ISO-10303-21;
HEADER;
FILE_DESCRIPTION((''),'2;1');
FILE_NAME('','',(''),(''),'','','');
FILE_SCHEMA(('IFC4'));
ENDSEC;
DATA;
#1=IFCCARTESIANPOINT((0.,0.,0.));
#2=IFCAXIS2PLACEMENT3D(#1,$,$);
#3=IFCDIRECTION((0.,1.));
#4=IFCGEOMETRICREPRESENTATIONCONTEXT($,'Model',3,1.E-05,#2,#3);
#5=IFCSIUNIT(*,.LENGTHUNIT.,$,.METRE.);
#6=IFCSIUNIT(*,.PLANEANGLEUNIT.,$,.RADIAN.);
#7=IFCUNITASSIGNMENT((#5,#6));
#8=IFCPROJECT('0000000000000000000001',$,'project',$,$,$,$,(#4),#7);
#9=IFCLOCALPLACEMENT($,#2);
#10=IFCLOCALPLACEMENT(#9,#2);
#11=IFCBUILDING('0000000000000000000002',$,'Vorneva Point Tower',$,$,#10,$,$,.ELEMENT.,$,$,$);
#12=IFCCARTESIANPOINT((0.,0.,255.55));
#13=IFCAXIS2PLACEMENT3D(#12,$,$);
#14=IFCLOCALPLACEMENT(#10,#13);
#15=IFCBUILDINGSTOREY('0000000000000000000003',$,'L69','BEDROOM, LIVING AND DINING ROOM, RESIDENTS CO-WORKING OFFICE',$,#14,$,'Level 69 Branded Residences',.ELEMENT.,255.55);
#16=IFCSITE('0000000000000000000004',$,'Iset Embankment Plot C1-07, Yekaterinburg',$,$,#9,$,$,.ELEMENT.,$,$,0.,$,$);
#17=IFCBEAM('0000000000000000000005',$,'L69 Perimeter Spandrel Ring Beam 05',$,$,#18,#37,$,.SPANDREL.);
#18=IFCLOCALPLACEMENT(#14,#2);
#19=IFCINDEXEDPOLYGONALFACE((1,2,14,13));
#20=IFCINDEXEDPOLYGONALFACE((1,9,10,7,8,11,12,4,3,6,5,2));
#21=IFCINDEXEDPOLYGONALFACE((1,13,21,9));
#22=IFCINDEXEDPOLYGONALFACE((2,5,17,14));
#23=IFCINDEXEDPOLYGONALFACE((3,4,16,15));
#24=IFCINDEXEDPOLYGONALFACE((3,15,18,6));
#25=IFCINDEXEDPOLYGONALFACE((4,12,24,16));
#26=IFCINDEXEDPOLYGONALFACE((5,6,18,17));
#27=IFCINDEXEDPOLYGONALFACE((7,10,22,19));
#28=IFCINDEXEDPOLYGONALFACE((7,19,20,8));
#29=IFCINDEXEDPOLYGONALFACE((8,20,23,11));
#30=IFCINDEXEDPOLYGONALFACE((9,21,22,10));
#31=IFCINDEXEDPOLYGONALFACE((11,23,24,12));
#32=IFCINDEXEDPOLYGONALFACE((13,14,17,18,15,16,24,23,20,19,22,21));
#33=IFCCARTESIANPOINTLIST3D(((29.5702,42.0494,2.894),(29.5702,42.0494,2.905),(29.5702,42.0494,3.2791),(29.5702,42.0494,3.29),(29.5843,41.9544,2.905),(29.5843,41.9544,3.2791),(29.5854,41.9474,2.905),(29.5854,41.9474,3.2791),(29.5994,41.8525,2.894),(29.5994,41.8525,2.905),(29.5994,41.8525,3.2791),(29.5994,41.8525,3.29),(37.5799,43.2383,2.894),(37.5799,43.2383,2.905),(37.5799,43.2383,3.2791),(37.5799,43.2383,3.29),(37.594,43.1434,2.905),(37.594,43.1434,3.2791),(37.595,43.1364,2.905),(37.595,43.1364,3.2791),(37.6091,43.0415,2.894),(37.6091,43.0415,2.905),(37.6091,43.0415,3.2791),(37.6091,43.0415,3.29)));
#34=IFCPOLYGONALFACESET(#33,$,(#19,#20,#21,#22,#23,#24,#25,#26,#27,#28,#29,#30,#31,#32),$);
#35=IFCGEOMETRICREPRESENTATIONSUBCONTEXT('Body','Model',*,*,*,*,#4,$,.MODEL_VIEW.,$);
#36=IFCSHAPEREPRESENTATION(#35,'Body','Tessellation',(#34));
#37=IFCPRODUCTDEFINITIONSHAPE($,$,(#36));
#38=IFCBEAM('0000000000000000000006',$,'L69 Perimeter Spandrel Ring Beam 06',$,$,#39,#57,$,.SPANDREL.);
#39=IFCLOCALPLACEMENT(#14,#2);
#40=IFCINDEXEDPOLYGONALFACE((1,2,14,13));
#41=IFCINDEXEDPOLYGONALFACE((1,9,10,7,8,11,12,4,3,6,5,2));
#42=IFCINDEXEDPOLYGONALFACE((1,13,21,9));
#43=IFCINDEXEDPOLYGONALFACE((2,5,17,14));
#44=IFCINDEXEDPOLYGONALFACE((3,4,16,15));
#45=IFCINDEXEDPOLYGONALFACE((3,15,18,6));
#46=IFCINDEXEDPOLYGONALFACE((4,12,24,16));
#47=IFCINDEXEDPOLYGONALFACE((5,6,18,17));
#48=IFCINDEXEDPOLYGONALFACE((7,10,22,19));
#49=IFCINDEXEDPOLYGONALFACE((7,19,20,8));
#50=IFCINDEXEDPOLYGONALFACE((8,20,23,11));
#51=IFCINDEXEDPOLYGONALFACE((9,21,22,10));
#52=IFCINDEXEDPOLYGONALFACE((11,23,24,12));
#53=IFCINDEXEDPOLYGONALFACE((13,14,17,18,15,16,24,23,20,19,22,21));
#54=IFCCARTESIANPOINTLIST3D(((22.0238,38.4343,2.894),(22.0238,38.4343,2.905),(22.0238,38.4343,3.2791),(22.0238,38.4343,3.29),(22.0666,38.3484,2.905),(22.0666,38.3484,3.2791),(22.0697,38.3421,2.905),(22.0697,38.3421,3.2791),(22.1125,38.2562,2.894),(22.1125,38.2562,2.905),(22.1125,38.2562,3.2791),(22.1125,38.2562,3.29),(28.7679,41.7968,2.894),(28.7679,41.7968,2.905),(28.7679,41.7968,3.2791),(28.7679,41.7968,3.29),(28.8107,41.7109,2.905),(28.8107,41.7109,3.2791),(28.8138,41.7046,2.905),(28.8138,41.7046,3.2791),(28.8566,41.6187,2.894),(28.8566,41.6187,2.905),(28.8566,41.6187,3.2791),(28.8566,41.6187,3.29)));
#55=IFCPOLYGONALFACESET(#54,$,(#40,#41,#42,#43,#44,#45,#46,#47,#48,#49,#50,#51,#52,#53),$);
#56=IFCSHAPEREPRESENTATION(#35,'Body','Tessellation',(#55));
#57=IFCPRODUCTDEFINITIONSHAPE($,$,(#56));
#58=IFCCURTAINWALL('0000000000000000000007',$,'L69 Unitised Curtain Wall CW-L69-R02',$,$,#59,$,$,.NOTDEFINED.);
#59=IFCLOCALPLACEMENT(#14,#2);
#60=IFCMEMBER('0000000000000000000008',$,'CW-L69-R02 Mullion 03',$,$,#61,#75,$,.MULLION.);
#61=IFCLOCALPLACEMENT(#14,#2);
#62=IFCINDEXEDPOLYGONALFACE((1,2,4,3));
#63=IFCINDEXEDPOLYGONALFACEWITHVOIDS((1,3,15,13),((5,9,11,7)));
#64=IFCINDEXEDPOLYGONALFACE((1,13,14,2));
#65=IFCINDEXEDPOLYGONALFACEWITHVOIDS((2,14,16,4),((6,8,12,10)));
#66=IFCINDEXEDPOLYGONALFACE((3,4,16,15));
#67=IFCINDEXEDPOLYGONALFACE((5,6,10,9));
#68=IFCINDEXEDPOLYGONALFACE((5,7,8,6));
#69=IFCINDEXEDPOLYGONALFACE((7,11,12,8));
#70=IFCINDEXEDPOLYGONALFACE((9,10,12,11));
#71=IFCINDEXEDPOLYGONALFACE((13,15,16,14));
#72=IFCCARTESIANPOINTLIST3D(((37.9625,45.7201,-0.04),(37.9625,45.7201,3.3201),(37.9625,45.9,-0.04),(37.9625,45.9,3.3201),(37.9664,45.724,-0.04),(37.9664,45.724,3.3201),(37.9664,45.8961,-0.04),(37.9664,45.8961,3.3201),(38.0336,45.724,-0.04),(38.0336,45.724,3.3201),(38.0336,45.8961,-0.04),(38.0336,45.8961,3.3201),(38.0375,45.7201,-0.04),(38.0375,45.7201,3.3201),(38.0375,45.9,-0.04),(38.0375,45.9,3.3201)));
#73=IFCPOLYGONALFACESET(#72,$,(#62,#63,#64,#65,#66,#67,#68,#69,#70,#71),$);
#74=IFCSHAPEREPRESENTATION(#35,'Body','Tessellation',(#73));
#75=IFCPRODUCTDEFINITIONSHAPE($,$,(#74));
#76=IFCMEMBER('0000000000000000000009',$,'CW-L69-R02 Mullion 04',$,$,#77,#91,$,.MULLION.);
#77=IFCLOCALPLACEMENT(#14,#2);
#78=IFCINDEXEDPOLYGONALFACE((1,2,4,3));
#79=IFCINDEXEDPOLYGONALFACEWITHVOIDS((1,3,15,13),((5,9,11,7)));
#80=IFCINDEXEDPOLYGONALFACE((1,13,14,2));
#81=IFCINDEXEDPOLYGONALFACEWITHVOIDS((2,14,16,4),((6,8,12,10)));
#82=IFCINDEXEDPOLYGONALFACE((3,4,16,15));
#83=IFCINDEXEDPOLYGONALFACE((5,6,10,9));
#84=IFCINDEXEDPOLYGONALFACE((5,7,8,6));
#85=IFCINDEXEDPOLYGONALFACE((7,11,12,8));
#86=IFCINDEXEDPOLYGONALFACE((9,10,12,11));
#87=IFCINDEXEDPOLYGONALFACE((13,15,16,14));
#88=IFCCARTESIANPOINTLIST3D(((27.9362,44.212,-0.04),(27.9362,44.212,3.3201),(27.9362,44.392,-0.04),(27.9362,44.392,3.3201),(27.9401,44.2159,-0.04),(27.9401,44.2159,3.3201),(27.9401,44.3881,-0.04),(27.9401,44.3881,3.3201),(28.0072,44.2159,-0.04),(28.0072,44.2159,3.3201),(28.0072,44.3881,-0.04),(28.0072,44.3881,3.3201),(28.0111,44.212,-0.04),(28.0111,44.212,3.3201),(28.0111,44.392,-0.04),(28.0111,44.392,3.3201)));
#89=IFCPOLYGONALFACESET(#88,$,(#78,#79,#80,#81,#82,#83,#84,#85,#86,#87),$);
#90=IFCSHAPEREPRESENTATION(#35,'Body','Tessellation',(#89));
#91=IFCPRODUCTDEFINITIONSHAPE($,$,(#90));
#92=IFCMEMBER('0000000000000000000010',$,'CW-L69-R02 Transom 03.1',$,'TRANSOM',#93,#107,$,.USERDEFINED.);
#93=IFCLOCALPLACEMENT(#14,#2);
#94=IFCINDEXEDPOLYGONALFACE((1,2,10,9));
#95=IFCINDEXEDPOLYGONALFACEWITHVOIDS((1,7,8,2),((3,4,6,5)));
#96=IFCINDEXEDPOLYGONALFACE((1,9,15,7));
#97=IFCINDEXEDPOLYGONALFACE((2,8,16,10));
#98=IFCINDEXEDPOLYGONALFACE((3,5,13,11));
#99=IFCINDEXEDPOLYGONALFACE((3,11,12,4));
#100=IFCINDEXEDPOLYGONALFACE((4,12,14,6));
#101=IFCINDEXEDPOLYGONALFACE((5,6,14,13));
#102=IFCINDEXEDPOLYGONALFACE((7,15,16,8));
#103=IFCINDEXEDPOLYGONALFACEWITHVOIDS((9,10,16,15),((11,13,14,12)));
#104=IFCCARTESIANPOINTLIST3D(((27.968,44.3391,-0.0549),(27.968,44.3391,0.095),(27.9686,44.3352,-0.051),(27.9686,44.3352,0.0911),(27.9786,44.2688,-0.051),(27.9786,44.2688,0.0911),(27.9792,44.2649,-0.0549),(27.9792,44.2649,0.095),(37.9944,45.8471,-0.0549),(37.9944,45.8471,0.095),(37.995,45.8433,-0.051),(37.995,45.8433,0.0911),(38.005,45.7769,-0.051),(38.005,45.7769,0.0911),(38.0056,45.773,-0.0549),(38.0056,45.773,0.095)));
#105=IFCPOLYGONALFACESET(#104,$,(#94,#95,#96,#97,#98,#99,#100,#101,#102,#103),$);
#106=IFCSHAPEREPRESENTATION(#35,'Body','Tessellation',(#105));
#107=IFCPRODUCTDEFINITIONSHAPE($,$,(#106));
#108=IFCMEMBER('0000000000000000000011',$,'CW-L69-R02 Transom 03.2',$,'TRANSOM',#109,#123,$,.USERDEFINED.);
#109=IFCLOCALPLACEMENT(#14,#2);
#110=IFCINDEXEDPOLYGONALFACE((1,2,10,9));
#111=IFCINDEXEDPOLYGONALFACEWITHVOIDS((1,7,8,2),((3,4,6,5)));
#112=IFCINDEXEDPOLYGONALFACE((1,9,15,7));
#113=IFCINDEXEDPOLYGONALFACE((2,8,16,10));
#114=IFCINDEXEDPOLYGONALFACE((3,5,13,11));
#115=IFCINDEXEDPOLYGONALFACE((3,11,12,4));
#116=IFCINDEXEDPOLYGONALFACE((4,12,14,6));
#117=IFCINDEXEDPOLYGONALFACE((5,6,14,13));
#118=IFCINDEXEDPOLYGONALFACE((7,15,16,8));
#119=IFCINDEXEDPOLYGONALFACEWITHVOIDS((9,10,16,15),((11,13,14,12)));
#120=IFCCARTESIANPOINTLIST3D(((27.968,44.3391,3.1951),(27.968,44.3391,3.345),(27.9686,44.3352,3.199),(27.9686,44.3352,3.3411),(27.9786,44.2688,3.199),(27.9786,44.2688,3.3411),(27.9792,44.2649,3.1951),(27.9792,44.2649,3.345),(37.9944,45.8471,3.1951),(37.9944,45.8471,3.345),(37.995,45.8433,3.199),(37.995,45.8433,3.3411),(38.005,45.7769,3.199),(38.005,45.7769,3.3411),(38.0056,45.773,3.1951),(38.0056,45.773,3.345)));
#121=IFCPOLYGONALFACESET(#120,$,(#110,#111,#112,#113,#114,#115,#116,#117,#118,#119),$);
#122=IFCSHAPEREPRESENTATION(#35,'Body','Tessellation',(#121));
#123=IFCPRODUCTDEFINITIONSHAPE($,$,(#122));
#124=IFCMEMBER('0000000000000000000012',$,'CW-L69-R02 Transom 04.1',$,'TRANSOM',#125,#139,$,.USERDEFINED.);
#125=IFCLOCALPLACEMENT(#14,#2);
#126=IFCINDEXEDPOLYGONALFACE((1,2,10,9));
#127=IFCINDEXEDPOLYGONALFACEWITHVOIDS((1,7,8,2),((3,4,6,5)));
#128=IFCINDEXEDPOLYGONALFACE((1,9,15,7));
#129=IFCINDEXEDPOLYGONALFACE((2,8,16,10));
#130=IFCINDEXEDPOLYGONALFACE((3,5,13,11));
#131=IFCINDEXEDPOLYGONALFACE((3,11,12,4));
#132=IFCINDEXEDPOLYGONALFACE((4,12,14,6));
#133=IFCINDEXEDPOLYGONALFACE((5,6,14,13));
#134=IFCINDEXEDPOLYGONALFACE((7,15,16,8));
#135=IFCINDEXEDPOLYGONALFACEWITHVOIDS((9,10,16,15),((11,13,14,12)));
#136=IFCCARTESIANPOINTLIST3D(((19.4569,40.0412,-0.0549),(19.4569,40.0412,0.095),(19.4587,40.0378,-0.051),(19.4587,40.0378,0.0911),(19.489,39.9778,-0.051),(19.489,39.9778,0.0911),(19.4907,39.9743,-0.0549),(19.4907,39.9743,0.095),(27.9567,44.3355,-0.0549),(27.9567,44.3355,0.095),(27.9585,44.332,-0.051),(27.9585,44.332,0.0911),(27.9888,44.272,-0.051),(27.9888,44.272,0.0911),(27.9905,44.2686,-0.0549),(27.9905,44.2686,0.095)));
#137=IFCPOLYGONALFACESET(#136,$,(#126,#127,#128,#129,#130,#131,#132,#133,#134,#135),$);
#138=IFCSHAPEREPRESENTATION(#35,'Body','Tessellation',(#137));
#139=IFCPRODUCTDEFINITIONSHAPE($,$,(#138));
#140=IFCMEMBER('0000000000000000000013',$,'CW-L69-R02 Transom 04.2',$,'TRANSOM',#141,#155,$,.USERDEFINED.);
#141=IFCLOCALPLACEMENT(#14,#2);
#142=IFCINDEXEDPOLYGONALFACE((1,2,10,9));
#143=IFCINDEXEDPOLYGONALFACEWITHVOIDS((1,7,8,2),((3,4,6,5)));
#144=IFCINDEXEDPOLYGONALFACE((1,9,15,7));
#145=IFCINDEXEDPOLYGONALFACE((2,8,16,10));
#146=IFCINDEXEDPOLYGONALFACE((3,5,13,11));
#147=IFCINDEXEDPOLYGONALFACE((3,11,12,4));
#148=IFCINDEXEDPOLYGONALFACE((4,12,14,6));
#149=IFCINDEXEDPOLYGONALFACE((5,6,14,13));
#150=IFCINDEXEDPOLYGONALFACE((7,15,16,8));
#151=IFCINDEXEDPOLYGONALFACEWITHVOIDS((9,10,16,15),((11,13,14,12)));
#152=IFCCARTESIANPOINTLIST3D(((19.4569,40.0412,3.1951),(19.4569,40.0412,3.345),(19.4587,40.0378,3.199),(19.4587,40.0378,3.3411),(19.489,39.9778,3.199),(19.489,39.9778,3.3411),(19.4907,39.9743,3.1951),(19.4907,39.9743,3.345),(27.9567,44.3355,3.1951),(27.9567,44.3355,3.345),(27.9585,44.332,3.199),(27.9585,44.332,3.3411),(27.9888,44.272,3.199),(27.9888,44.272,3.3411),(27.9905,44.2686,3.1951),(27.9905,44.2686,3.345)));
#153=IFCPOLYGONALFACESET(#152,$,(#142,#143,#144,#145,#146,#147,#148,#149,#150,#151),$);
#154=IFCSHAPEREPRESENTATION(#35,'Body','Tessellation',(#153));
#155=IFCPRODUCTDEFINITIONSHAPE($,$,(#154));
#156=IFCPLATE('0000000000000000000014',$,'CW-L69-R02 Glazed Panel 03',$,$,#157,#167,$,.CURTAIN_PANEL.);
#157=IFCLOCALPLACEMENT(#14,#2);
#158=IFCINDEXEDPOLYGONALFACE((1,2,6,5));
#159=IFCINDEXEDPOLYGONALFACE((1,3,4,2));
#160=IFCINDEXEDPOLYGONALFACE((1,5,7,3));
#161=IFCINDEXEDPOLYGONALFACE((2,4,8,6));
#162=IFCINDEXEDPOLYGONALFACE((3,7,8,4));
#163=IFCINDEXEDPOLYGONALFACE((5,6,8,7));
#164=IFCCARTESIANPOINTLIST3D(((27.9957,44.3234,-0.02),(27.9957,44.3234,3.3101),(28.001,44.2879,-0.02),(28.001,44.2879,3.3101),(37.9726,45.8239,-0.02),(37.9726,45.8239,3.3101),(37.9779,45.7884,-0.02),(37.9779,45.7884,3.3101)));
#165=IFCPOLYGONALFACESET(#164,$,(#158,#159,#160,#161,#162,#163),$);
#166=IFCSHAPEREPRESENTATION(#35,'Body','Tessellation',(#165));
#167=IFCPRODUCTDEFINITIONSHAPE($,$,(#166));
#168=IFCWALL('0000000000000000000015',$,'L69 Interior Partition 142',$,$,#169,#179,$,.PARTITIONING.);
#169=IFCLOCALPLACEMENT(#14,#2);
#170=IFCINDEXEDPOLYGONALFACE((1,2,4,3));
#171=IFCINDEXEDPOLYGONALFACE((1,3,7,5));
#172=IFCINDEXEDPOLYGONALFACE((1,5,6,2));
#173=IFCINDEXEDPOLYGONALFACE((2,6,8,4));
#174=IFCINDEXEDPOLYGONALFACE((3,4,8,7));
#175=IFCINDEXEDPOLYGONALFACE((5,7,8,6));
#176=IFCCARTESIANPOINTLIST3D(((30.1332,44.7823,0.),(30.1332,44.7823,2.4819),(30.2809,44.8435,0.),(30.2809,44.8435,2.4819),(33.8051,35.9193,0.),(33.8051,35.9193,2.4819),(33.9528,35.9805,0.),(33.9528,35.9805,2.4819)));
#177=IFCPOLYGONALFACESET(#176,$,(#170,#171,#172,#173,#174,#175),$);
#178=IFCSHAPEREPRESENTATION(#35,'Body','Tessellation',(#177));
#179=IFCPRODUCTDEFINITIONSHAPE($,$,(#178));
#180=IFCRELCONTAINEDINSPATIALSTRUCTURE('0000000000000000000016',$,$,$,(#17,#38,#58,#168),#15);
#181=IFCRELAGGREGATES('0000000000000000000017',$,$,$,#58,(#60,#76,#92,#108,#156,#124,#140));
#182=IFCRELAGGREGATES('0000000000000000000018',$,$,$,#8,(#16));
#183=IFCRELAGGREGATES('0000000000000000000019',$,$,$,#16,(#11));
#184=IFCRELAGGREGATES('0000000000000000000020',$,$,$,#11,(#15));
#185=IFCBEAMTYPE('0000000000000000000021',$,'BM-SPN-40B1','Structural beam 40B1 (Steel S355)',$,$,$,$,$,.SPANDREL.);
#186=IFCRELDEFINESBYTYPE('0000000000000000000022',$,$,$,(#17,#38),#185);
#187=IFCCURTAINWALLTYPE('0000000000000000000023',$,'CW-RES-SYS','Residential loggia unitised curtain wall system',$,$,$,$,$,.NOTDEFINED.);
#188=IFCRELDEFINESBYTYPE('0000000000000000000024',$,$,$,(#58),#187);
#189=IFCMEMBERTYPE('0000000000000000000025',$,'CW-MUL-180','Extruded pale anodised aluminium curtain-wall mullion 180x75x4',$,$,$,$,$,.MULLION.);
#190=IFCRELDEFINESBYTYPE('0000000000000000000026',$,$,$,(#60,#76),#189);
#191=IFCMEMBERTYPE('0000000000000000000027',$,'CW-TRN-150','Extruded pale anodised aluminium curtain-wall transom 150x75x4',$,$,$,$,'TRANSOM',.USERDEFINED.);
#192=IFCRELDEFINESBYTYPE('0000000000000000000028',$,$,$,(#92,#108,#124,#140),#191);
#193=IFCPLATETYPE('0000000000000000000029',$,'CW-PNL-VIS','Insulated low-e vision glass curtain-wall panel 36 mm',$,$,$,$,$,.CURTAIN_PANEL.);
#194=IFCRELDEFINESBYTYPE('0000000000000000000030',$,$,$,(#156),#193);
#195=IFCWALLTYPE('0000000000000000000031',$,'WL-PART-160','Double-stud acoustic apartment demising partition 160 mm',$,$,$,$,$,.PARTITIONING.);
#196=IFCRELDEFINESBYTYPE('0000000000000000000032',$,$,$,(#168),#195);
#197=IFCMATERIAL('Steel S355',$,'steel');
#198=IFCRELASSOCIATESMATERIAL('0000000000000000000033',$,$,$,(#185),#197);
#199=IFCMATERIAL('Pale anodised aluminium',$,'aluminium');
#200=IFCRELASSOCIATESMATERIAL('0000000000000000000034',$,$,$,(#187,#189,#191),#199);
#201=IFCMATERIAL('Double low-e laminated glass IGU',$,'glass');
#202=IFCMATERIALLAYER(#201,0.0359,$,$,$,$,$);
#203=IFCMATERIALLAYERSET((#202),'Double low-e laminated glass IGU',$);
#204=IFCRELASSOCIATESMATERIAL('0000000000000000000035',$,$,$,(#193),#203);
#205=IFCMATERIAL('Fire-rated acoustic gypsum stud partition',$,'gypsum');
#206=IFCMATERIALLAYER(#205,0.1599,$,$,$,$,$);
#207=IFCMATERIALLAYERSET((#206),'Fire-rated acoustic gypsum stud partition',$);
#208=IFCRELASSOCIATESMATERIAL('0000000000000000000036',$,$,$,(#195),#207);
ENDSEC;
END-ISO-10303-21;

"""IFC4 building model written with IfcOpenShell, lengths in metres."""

from ifc_helpers import new_model, si_unit, direction, frame, frame_2d, origin, origin_2d, place, context, subcontext, project, spatial, rectangle, hollow_rectangle, i_section, extrude, material, layer, layer_set, material_profile, profile_set, type_object, element, aggregate, save


model = new_model("IFC4")

# Units and contexts
model_context = context("Model", 3, precision=1e-05, world=origin(), true_north=direction((0.0, 1.0)))
body_context = subcontext(model_context, "Body", "Model", "MODEL_VIEW")
ifc_project = project(units=[si_unit("LENGTHUNIT", "METRE"), si_unit("PLANEANGLEUNIT", "RADIAN")], contexts=[model_context])

# Site, building, storey
site_placement = place(None, origin())
site = spatial("IfcSite", under=ifc_project, at=site_placement, Name="Iset Embankment Plot C1-07, Yekaterinburg", CompositionType="ELEMENT", RefElevation=0.0)
building_placement = place(site_placement, origin())
building = spatial("IfcBuilding", under=site, at=building_placement, Name="Vorneva Point Tower", CompositionType="ELEMENT")
storey_placement = place(building_placement, frame((0.0, 0.0, 255.55)))
storey = spatial("IfcBuildingStorey", under=building, at=storey_placement, Name="L69", Description="BEDROOM, LIVING AND DINING ROOM, RESIDENTS CO-WORKING OFFICE", LongName="Level 69 Branded Residences", CompositionType="ELEMENT", Elevation=255.55)

# Beams
ifc_material_1 = material(Name="Steel S355", Category="steel")
ifc_material_profile_1 = material_profile(ifc_material_1, i_section(OverallWidth=0.199, OverallDepth=0.396, WebThickness=0.0071, FlangeThickness=0.011, at=origin_2d()), Name="40B1")
ifc_profile_set_1 = profile_set([ifc_material_profile_1], Name="Steel S355")
beam_type_1 = type_object("IfcBeamType", Name="BM-SPN-40B1", Description="Structural beam 40B1 (Steel S355)", PredefinedType="SPANDREL", material=ifc_profile_set_1)
beam_1_placement = place(storey_placement, frame((37.5945, 43.1399, 3.092), z_axis=(-0.989162, -0.146831, 0.0), x_axis=(0.146831, -0.989162, 0.0)))
element("IfcBeam", 1, at=beam_1_placement, inside=storey, type_object=beam_type_1, Name="L69 Perimeter Spandrel Ring Beam 05", PredefinedType="SPANDREL", context=body_context, shape_type="SweptSolid", body=[
    extrude(i_section(OverallWidth=0.199, OverallDepth=0.396, WebThickness=0.0071, FlangeThickness=0.011, at=origin_2d()), origin(), (0.0, 0.0, 1.0), 8.0974),
])
beam_2_placement = place(storey_placement, frame((28.8123, 41.7078, 3.092), z_axis=(-0.894932, -0.446203, 0.0), x_axis=(0.446203, -0.894932, 0.0)))
element("IfcBeam", 2, at=beam_2_placement, inside=storey, type_object=beam_type_1, Name="L69 Perimeter Spandrel Ring Beam 06", PredefinedType="SPANDREL", context=body_context, shape_type="SweptSolid", body=[
    extrude(i_section(OverallWidth=0.199, OverallDepth=0.396, WebThickness=0.0071, FlangeThickness=0.011, at=origin_2d()), origin(), (0.0, 0.0, 1.0), 7.5359),
])

# Curtain wall, members, plate
ifc_material_2 = material(Name="Pale anodised aluminium", Category="aluminium")
curtain_wall_type = type_object("IfcCurtainWallType", Name="CW-RES-SYS", Description="Residential loggia unitised curtain wall system", PredefinedType="NOTDEFINED", material=ifc_material_2)
curtain_wall_placement = place(storey_placement, origin())
curtain_wall = element("IfcCurtainWall", 3, at=curtain_wall_placement, inside=storey, type_object=curtain_wall_type, Name="L69 Unitised Curtain Wall CW-L69-R02", PredefinedType="NOTDEFINED")
ifc_material_profile_2 = material_profile(ifc_material_2, hollow_rectangle(XDim=0.075, YDim=0.1799, WallThickness=0.0039, at=origin_2d()), Name="AL-MUL 180x75x4")
ifc_profile_set_2 = profile_set([ifc_material_profile_2], Name="Pale anodised aluminium")
member_type_1 = type_object("IfcMemberType", Name="CW-MUL-180", Description="Extruded pale anodised aluminium curtain-wall mullion 180x75x4", PredefinedType="MULLION", material=ifc_profile_set_2)
member_1_placement = place(storey_placement, frame((38.0, 45.8101, -0.04), z_axis=(0.0, 0.0, 1.0), x_axis=(1.0, 0.0, 0.0)))
member_1 = element("IfcMember", 4, at=member_1_placement, type_object=member_type_1, Name="CW-L69-R02 Mullion 03", PredefinedType="MULLION", context=body_context, shape_type="SweptSolid", body=[
    extrude(hollow_rectangle(XDim=0.075, YDim=0.1799, WallThickness=0.0039, at=origin_2d()), origin(), (0.0, 0.0, 1.0), 3.3601),
])
member_2_placement = place(storey_placement, frame((27.9736, 44.302, -0.04), z_axis=(0.0, 0.0, 1.0), x_axis=(1.0, 0.0, 0.0)))
member_2 = element("IfcMember", 5, at=member_2_placement, type_object=member_type_1, Name="CW-L69-R02 Mullion 04", PredefinedType="MULLION", context=body_context, shape_type="SweptSolid", body=[
    extrude(hollow_rectangle(XDim=0.075, YDim=0.1799, WallThickness=0.0039, at=origin_2d()), origin(), (0.0, 0.0, 1.0), 3.3601),
])
ifc_material_profile_3 = material_profile(ifc_material_2, hollow_rectangle(XDim=0.075, YDim=0.1499, WallThickness=0.0039, at=origin_2d()), Name="AL-TRN 150x75x4")
ifc_profile_set_3 = profile_set([ifc_material_profile_3], Name="Pale anodised aluminium")
member_type_2 = type_object("IfcMemberType", Name="CW-TRN-150", Description="Extruded pale anodised aluminium curtain-wall transom 150x75x4", ElementType="TRANSOM", PredefinedType="USERDEFINED", material=ifc_profile_set_3)
member_3_placement = place(storey_placement, frame((38.0, 45.8101, 0.02), z_axis=(-0.988877, -0.148736, 0.0), x_axis=(0.148736, -0.988877, 0.0)))
member_3 = element("IfcMember", 6, at=member_3_placement, type_object=member_type_2, Name="CW-L69-R02 Transom 03.1", ObjectType="TRANSOM", PredefinedType="USERDEFINED", context=body_context, shape_type="SweptSolid", body=[
    extrude(hollow_rectangle(XDim=0.075, YDim=0.1499, WallThickness=0.0039, at=origin_2d()), origin(), (0.0, 0.0, 1.0), 10.1392),
])
member_4_placement = place(storey_placement, frame((38.0, 45.8101, 3.27), z_axis=(-0.988877, -0.148736, 0.0), x_axis=(0.148736, -0.988877, 0.0)))
member_4 = element("IfcMember", 7, at=member_4_placement, type_object=member_type_2, Name="CW-L69-R02 Transom 03.2", ObjectType="TRANSOM", PredefinedType="USERDEFINED", context=body_context, shape_type="SweptSolid", body=[
    extrude(hollow_rectangle(XDim=0.075, YDim=0.1499, WallThickness=0.0039, at=origin_2d()), origin(), (0.0, 0.0, 1.0), 10.1392),
])
member_5_placement = place(storey_placement, frame((27.9736, 44.302, 0.02), z_axis=(-0.892558, -0.450932, 0.0), x_axis=(0.450932, -0.892558, 0.0)))
member_5 = element("IfcMember", 8, at=member_5_placement, type_object=member_type_2, Name="CW-L69-R02 Transom 04.1", ObjectType="TRANSOM", PredefinedType="USERDEFINED", context=body_context, shape_type="SweptSolid", body=[
    extrude(hollow_rectangle(XDim=0.075, YDim=0.1499, WallThickness=0.0039, at=origin_2d()), origin(), (0.0, 0.0, 1.0), 9.5229),
])
member_6_placement = place(storey_placement, frame((27.9736, 44.302, 3.27), z_axis=(-0.892558, -0.450932, 0.0), x_axis=(0.450932, -0.892558, 0.0)))
member_6 = element("IfcMember", 9, at=member_6_placement, type_object=member_type_2, Name="CW-L69-R02 Transom 04.2", ObjectType="TRANSOM", PredefinedType="USERDEFINED", context=body_context, shape_type="SweptSolid", body=[
    extrude(hollow_rectangle(XDim=0.075, YDim=0.1499, WallThickness=0.0039, at=origin_2d()), origin(), (0.0, 0.0, 1.0), 9.5229),
])
ifc_material_3 = material(Name="Double low-e laminated glass IGU", Category="glass")
ifc_layer_1 = layer(ifc_material_3, 0.0359)
ifc_layer_set_1 = layer_set([ifc_layer_1], Name="Double low-e laminated glass IGU")
plate_type = type_object("IfcPlateType", Name="CW-PNL-VIS", Description="Insulated low-e vision glass curtain-wall panel 36 mm", PredefinedType="CURTAIN_PANEL", material=ifc_layer_set_1)
plate_placement = place(storey_placement, frame((32.9868, 45.0559, -0.02), z_axis=(0.0, 0.0, 1.0), x_axis=(-0.988879, -0.148724, 0.0)))
plate = element("IfcPlate", 10, at=plate_placement, type_object=plate_type, Name="CW-L69-R02 Glazed Panel 03", PredefinedType="CURTAIN_PANEL", context=body_context, shape_type="SweptSolid", body=[
    extrude(rectangle(XDim=10.0891, YDim=0.0359, at=origin_2d()), origin(), (0.0, 0.0, 1.0), 3.3301),
])
aggregate(curtain_wall, [member_1, member_2, member_3, member_4, plate, member_5, member_6])

# Wall
ifc_material_4 = material(Name="Fire-rated acoustic gypsum stud partition", Category="gypsum")
ifc_layer_2 = layer(ifc_material_4, 0.1599)
ifc_layer_set_2 = layer_set([ifc_layer_2], Name="Fire-rated acoustic gypsum stud partition")
wall_type_1 = type_object("IfcWallType", Name="WL-PART-160", Description="Double-stud acoustic apartment demising partition 160 mm", PredefinedType="PARTITIONING", material=ifc_layer_set_2)
wall_1_placement = place(storey_placement, frame((30.207, 44.813, 0.0), z_axis=(0.0, 0.0, 1.0), x_axis=(0.382744, -0.923854, 0.0)))
element("IfcWall", 11, at=wall_1_placement, inside=storey, type_object=wall_type_1, Name="L69 Interior Partition 142", PredefinedType="PARTITIONING", context=body_context, shape_type="SweptSolid", body=[
    extrude(rectangle(XDim=9.5935, YDim=0.1599, at=frame_2d((4.7969, 0.0))), origin(), (0.0, 0.0, 1.0), 2.4819),
])

save(model, "model.ifc")
